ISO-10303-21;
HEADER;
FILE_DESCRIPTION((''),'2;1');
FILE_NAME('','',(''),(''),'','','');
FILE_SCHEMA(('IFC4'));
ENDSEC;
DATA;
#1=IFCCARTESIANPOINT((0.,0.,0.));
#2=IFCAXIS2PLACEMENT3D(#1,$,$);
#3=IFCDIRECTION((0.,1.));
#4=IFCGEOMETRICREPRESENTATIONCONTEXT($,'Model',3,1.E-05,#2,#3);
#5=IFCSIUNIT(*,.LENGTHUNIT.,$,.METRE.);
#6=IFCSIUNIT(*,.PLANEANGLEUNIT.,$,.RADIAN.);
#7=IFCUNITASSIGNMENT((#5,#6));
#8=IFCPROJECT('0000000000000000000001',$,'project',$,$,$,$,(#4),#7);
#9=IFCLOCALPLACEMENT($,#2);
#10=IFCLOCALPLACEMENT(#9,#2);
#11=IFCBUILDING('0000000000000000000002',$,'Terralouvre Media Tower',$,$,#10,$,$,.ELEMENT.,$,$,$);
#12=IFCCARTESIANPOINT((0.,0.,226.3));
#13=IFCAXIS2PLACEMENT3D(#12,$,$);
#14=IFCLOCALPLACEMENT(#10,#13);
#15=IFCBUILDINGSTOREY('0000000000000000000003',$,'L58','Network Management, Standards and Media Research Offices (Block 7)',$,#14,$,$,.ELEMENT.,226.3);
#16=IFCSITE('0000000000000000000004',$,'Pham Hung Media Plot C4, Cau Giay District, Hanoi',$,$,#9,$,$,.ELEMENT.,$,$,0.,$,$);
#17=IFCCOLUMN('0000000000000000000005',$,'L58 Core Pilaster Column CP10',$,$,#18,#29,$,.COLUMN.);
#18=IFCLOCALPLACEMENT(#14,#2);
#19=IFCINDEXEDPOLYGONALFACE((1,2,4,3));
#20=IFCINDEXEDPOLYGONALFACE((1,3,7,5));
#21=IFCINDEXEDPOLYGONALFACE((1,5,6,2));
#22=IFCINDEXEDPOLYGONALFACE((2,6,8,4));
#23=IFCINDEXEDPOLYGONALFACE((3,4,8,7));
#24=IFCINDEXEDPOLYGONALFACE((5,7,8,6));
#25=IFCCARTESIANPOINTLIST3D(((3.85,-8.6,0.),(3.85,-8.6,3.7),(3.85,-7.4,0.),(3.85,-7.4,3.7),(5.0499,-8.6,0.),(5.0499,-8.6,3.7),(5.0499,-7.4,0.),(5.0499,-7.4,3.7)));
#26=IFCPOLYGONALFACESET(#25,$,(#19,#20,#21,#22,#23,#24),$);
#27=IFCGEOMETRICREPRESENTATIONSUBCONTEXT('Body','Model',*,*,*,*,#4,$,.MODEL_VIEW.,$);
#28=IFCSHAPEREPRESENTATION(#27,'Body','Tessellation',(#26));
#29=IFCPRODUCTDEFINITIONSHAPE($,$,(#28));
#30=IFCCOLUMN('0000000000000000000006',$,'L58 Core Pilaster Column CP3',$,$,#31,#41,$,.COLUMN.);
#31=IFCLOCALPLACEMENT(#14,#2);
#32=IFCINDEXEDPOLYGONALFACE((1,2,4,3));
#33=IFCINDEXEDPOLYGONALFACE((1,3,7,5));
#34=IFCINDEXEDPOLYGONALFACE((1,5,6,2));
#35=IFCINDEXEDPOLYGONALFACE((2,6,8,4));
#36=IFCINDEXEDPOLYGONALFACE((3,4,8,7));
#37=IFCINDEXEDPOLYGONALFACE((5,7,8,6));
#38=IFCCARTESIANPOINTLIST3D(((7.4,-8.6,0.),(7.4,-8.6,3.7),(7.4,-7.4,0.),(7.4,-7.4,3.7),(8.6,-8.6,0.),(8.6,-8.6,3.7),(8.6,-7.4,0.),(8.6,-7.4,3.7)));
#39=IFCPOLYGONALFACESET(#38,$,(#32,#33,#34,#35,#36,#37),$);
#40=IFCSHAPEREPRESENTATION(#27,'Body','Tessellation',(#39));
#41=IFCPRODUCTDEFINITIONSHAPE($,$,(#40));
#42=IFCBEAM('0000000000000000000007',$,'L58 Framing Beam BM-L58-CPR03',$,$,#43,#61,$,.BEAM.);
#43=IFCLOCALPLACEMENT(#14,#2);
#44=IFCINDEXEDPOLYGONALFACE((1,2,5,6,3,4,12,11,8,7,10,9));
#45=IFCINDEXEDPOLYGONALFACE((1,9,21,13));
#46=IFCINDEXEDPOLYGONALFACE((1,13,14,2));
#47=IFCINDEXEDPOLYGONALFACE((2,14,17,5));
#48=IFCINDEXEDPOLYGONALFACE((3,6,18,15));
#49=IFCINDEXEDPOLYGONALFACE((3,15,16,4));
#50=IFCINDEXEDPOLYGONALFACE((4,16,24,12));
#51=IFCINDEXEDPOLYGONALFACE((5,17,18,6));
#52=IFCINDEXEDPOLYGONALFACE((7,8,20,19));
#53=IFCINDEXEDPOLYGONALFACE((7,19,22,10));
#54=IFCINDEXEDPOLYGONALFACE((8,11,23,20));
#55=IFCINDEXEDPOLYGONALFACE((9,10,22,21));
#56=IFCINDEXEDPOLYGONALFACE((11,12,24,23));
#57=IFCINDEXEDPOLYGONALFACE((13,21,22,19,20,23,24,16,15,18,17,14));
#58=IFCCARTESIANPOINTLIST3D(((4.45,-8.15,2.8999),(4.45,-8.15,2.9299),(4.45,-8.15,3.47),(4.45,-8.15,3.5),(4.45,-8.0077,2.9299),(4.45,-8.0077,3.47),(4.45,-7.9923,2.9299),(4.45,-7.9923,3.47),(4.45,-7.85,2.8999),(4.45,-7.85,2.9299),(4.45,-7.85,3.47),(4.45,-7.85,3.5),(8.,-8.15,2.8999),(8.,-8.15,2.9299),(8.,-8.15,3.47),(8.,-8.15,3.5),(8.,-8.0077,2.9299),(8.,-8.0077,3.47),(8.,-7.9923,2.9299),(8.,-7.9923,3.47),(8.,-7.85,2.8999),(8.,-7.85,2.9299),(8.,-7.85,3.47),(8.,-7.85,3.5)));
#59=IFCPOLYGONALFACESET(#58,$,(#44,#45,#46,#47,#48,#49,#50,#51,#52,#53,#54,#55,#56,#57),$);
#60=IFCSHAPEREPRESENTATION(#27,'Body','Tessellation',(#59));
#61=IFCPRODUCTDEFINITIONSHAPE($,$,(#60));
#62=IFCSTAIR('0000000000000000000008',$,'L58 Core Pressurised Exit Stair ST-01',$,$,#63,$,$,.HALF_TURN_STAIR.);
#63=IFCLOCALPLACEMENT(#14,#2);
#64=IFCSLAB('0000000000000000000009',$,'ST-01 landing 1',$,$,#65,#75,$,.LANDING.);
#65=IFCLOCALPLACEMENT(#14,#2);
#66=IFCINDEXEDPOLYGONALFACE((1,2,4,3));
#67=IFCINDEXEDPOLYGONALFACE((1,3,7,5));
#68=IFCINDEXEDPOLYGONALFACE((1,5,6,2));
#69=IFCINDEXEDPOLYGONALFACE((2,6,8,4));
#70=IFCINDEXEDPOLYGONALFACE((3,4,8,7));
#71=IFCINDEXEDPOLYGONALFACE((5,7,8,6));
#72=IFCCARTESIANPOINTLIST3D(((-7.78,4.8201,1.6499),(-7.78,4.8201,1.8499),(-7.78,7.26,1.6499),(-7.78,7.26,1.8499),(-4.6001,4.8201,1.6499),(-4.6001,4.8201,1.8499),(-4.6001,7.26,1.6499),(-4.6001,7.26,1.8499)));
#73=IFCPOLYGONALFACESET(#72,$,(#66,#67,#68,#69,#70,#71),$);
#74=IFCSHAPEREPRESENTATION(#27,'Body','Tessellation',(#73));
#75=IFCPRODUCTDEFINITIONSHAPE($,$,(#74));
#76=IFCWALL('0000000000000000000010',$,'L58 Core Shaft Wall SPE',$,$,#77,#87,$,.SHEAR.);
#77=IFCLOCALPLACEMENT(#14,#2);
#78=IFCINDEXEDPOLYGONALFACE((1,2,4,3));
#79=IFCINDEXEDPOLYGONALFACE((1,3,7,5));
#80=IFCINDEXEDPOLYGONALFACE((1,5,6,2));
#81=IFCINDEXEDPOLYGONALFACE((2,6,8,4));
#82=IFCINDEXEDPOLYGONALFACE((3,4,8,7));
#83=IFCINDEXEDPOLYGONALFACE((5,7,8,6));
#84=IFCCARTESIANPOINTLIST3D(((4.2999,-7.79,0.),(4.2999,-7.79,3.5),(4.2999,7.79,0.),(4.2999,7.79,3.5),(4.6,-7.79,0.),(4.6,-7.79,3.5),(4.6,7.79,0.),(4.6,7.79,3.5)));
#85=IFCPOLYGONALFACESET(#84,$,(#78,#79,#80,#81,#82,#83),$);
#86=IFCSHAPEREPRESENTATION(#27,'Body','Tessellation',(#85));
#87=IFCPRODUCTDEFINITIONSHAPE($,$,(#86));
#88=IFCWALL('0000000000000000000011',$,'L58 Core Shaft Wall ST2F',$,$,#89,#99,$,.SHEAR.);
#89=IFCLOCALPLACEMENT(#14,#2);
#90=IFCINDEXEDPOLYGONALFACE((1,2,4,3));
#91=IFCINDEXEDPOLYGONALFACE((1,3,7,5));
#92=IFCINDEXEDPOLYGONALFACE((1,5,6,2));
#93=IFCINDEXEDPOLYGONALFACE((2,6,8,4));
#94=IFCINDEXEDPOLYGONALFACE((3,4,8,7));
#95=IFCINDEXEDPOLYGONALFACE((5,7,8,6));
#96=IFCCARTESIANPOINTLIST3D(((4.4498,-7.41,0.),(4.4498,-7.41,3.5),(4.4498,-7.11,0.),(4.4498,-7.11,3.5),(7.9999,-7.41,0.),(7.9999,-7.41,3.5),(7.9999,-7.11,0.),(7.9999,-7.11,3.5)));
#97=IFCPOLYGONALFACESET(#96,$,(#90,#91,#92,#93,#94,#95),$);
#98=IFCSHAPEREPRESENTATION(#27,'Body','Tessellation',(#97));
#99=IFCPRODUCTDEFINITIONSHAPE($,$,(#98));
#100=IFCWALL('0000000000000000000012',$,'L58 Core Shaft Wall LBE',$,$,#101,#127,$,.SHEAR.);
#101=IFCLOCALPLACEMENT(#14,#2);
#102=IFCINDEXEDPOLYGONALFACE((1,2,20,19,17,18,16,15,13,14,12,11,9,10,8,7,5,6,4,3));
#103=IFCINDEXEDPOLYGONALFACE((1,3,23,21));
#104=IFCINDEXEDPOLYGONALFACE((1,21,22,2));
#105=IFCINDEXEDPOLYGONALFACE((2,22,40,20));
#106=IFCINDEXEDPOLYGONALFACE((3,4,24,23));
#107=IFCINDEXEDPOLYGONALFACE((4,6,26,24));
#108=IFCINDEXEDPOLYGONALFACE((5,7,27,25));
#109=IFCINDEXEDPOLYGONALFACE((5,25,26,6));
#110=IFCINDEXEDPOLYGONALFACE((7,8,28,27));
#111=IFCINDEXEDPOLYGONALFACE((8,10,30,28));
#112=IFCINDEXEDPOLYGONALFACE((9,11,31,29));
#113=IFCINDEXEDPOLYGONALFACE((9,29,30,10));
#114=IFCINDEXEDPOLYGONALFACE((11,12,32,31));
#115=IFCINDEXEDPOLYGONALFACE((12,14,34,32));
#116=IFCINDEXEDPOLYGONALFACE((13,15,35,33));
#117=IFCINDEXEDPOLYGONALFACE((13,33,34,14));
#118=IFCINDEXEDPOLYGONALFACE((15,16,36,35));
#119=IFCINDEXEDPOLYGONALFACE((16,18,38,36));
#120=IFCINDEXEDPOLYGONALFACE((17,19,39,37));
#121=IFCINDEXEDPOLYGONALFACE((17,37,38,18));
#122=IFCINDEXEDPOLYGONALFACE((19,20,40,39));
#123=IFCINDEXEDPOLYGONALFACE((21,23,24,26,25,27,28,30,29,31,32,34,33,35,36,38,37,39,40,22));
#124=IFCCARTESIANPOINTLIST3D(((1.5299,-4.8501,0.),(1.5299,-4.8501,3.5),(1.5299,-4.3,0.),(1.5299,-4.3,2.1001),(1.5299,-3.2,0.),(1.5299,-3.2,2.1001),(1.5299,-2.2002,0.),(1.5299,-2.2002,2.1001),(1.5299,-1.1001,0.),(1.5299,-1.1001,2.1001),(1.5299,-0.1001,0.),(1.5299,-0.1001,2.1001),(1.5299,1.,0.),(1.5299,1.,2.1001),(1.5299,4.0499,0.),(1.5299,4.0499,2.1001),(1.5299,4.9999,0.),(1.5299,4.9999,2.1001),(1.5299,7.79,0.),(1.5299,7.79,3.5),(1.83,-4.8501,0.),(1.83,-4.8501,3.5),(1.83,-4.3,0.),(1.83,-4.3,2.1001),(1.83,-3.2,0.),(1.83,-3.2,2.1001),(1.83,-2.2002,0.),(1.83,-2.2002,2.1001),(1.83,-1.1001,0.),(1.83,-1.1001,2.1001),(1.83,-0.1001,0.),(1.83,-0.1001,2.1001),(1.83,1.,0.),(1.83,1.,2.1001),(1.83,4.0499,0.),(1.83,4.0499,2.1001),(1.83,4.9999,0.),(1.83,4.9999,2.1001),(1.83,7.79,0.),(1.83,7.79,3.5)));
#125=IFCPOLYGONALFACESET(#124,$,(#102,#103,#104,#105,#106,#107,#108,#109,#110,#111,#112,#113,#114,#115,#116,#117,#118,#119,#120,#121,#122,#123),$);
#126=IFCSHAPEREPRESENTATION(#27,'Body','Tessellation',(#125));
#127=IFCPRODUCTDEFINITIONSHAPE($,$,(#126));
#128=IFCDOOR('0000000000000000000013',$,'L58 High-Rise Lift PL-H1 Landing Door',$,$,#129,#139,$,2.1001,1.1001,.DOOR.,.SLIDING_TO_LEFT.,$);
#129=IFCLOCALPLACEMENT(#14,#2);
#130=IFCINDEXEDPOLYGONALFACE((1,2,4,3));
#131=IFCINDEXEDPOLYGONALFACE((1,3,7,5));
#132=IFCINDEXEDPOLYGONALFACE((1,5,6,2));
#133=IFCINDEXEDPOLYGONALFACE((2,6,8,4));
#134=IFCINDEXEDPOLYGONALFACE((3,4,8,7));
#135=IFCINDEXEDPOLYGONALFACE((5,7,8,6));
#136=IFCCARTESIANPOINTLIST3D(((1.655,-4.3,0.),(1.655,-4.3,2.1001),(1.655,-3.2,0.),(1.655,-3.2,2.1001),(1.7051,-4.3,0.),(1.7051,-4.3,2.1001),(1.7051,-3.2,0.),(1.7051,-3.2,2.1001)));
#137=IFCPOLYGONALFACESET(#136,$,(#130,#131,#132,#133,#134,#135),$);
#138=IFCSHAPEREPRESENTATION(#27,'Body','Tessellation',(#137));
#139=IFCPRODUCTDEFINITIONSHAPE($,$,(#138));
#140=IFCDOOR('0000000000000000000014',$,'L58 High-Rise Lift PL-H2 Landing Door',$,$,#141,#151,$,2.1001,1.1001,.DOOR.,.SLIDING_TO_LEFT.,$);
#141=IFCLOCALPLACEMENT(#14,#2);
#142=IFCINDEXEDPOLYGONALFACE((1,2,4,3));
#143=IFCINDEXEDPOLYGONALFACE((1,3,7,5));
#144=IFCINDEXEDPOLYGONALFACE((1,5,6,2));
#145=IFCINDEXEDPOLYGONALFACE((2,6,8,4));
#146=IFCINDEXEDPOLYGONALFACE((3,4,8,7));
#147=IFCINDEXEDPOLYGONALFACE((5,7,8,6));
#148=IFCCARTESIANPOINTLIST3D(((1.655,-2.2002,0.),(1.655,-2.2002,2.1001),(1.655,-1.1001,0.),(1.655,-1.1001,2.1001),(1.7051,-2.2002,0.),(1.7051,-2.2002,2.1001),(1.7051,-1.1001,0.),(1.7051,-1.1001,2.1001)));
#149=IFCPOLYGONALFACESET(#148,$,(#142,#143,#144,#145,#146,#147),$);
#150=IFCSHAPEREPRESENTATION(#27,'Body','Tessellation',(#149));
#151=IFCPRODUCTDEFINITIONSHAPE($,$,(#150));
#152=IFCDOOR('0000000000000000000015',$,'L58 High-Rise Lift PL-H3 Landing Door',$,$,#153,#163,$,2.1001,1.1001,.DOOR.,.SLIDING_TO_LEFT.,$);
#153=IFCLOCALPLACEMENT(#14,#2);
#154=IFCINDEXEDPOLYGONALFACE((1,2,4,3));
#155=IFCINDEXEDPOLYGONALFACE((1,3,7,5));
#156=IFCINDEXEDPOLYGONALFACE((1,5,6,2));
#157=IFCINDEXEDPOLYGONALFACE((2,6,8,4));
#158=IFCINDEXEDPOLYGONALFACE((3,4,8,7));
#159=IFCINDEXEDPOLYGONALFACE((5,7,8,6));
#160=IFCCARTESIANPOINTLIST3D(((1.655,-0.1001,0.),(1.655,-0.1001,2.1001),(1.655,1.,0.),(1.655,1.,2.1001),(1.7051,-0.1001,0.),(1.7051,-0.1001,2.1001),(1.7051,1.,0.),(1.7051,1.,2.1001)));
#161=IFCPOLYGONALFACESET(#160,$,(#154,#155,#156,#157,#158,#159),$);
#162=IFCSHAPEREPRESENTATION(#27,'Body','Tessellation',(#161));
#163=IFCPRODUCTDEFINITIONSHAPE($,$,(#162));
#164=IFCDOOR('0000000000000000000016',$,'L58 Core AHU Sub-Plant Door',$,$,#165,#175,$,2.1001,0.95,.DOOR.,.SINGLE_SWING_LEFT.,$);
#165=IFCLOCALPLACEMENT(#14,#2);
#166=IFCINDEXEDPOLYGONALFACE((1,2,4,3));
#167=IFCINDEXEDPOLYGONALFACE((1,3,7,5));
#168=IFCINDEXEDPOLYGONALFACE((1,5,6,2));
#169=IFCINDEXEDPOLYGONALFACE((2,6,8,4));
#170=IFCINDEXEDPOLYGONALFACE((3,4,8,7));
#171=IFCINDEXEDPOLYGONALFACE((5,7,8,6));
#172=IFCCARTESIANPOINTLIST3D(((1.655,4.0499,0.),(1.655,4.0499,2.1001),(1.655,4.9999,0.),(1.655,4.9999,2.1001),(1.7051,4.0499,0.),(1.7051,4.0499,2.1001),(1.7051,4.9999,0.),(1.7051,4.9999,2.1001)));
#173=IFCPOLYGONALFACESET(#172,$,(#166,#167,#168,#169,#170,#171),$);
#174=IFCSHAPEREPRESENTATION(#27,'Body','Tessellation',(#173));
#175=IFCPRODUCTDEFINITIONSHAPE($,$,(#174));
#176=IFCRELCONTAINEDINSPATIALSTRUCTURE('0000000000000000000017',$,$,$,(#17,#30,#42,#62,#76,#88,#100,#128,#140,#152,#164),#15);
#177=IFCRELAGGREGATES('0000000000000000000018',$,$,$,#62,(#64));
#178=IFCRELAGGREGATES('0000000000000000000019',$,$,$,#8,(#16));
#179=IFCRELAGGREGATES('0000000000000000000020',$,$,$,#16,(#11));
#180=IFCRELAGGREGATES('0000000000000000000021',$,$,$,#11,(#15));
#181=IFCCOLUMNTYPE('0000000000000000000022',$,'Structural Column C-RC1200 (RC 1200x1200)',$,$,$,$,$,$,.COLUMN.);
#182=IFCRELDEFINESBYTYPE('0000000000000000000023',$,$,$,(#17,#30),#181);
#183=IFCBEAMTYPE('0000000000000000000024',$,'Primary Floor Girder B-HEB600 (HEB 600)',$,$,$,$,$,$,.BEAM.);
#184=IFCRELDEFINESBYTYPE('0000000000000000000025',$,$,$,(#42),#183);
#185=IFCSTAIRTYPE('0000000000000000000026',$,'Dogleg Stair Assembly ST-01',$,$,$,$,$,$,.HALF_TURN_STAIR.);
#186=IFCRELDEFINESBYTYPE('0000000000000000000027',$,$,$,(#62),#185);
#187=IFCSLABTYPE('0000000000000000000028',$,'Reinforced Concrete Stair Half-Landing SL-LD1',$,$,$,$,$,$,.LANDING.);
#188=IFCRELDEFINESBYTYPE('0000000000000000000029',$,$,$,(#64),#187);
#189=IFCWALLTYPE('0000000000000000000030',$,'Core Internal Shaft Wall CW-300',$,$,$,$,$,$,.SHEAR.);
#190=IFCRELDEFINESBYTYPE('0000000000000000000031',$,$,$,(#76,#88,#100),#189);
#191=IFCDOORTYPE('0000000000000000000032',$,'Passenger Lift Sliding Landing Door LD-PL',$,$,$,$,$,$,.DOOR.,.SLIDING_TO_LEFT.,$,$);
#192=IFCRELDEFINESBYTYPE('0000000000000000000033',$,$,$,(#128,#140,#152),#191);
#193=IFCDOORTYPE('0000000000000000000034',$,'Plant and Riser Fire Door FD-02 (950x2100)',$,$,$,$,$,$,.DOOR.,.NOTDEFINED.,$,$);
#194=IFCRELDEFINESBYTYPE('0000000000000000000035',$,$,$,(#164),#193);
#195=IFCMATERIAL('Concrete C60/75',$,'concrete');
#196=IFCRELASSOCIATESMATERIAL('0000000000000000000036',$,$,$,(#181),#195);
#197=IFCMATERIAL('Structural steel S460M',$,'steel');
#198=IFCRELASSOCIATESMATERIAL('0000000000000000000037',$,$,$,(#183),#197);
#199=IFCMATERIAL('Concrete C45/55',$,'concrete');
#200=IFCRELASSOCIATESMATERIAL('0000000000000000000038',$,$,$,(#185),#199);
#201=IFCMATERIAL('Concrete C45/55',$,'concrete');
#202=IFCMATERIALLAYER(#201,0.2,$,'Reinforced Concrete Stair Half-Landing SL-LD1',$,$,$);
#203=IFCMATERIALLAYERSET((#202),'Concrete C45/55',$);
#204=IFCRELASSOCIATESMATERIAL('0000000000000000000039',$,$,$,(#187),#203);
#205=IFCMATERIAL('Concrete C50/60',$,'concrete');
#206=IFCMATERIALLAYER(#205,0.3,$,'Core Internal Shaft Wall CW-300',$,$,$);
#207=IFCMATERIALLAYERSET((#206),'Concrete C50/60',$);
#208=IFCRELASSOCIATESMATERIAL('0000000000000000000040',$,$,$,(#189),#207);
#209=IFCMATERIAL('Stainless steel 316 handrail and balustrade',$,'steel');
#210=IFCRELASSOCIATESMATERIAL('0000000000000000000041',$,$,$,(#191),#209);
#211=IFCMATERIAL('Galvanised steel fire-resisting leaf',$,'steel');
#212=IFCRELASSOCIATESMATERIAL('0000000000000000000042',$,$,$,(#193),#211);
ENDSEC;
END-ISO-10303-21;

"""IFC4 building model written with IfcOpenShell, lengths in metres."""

from ifc_helpers import new_model, si_unit, direction, frame, frame_2d, origin, origin_2d, place, context, subcontext, project, spatial, polyline, rectangle, i_section, outline, extrude, material, layer, layer_set, material_profile, profile_set, type_object, element, fill, aggregate, save


model = new_model("IFC4")

# Units and contexts
model_context = context("Model", 3, precision=1e-05, world=origin(), true_north=direction((0.0, 1.0)))
body_context = subcontext(model_context, "Body", "Model", "MODEL_VIEW")
ifc_project = project(units=[si_unit("LENGTHUNIT", "METRE"), si_unit("PLANEANGLEUNIT", "RADIAN")], contexts=[model_context])

# Site, building, storey
site_placement = place(None, origin())
site = spatial("IfcSite", under=ifc_project, at=site_placement, Name="Pham Hung Media Plot C4, Cau Giay District, Hanoi", CompositionType="ELEMENT", RefElevation=0.0)
building_placement = place(site_placement, origin())
building = spatial("IfcBuilding", under=site, at=building_placement, Name="Terralouvre Media Tower", CompositionType="ELEMENT")
storey_placement = place(building_placement, frame((0.0, 0.0, 226.3)))
storey = spatial("IfcBuildingStorey", under=building, at=storey_placement, Name="L58", Description="Network Management, Standards and Media Research Offices (Block 7)", CompositionType="ELEMENT", Elevation=226.3)

# Columns
ifc_material_1 = material(Name="Concrete C60/75", Category="concrete")
ifc_material_profile_1 = material_profile(ifc_material_1, rectangle(XDim=1.2, YDim=1.2, at=origin_2d()), Name="RC 1200x1200")
ifc_profile_set_1 = profile_set([ifc_material_profile_1], Name="Concrete C60/75")
column_type = type_object("IfcColumnType", Name="Structural Column C-RC1200 (RC 1200x1200)", PredefinedType="COLUMN", material=ifc_profile_set_1)
for number, where, z_axis, x_axis, name in (
    (1, (4.45, -8.0, 0.0), (0.0, 0.0, 1.0), (1.0, 0.0, 0.0), "L58 Core Pilaster Column CP10"),
    (2, (8.0, -8.0, 0.0), (0.0, 0.0, 1.0), (1.0, 0.0, 0.0), "L58 Core Pilaster Column CP3"),
):
    element("IfcColumn", number, at=place(storey_placement, frame(where, z_axis=z_axis, x_axis=x_axis)), inside=storey, type_object=column_type, Name=name, PredefinedType="COLUMN", context=body_context, shape_type="SweptSolid", body=[
        extrude(rectangle(XDim=1.2, YDim=1.2, at=origin_2d()), origin(), (0.0, 0.0, 1.0), 3.7),
    ])

# Beam
ifc_material_2 = material(Name="Structural steel S460M", Category="steel")
ifc_material_profile_2 = material_profile(ifc_material_2, i_section(OverallWidth=0.3, OverallDepth=0.6001, WebThickness=0.0154, FlangeThickness=0.03, at=origin_2d()), Name="HEB 600")
ifc_profile_set_2 = profile_set([ifc_material_profile_2], Name="Structural steel S460M")
beam_type = type_object("IfcBeamType", Name="Primary Floor Girder B-HEB600 (HEB 600)", PredefinedType="BEAM", material=ifc_profile_set_2)
beam_placement = place(storey_placement, frame((4.45, -8.0, 3.2), z_axis=(1.0, 0.0, 0.0), x_axis=(0.0, 1.0, 0.0)))
element("IfcBeam", 3, at=beam_placement, inside=storey, type_object=beam_type, Name="L58 Framing Beam BM-L58-CPR03", PredefinedType="BEAM", context=body_context, shape_type="SweptSolid", body=[
    extrude(i_section(OverallWidth=0.3, OverallDepth=0.6001, WebThickness=0.0154, FlangeThickness=0.03, at=origin_2d()), origin(), (0.0, 0.0, 1.0), 3.55),
])

# Stair, slab
ifc_material_3 = material(Name="Concrete C45/55", Category="concrete")
stair_type_1 = type_object("IfcStairType", Name="Dogleg Stair Assembly ST-01", PredefinedType="HALF_TURN_STAIR", material=ifc_material_3)
stair_1_placement = place(storey_placement, origin())
stair_1 = element("IfcStair", 4, at=stair_1_placement, inside=storey, type_object=stair_type_1, Name="L58 Core Pressurised Exit Stair ST-01", PredefinedType="HALF_TURN_STAIR")
ifc_material_4 = material(Name="Concrete C45/55", Category="concrete")
ifc_layer_1 = layer(ifc_material_4, 0.2, Name="Reinforced Concrete Stair Half-Landing SL-LD1")
ifc_layer_set_1 = layer_set([ifc_layer_1], Name="Concrete C45/55")
slab_type = type_object("IfcSlabType", Name="Reinforced Concrete Stair Half-Landing SL-LD1", PredefinedType="LANDING", material=ifc_layer_set_1)
slab_placement = place(storey_placement, frame((0.0, 0.0, 1.6499)))
slab = element("IfcSlab", 5, at=slab_placement, type_object=slab_type, Name="ST-01 landing 1", PredefinedType="LANDING", context=body_context, shape_type="SweptSolid", body=[
    extrude(outline(polyline([(-4.6001, 4.8201), (-4.6001, 7.26), (-7.78, 7.26), (-7.78, 4.8201), (-4.6001, 4.8201)])), origin(), (0.0, 0.0, 1.0), 0.2),
])
aggregate(stair_1, [slab])

# Wall
ifc_material_5 = material(Name="Concrete C50/60", Category="concrete")
ifc_layer_2 = layer(ifc_material_5, 0.3, Name="Core Internal Shaft Wall CW-300")
ifc_layer_set_2 = layer_set([ifc_layer_2], Name="Concrete C50/60")
wall_type = type_object("IfcWallType", Name="Core Internal Shaft Wall CW-300", PredefinedType="SHEAR", material=ifc_layer_set_2)
wall_1_placement = place(storey_placement, frame((4.45, -7.79, 0.0), z_axis=(0.0, 0.0, 1.0), x_axis=(0.0, 1.0, 0.0)))
element("IfcWall", 6, at=wall_1_placement, inside=storey, type_object=wall_type, Name="L58 Core Shaft Wall SPE", PredefinedType="SHEAR", context=body_context, shape_type="SweptSolid", body=[
    extrude(rectangle(XDim=15.5801, YDim=0.3, at=frame_2d((7.79, 0.0))), origin(), (0.0, 0.0, 1.0), 3.5),
])

# Wall
wall_2_placement = place(storey_placement, frame((4.45, -7.26, 0.0), z_axis=(0.0, 0.0, 1.0), x_axis=(1.0, 0.0, 0.0)))
element("IfcWall", 7, at=wall_2_placement, inside=storey, type_object=wall_type, Name="L58 Core Shaft Wall ST2F", PredefinedType="SHEAR", context=body_context, shape_type="SweptSolid", body=[
    extrude(rectangle(XDim=3.55, YDim=0.3, at=frame_2d((1.7749, 0.0))), origin(), (0.0, 0.0, 1.0), 3.5),
])

# Wall, openings, doors
wall_3_placement = place(storey_placement, frame((1.6799, -4.8501, 0.0), z_axis=(0.0, 0.0, 1.0), x_axis=(0.0, 1.0, 0.0)))
wall_3 = element("IfcWall", 8, at=wall_3_placement, inside=storey, type_object=wall_type, Name="L58 Core Shaft Wall LBE", PredefinedType="SHEAR", context=body_context, shape_type="SweptSolid", body=[
    extrude(rectangle(XDim=12.6401, YDim=0.3, at=frame_2d((6.3201, 0.0))), origin(), (0.0, 0.0, 1.0), 3.5),
])
opening_1_placement = place(wall_3_placement, frame((0.55, 0.0, 0.0)))
opening_1 = element("IfcOpeningElement", 9, at=opening_1_placement, cuts=wall_3, PredefinedType="OPENING", context=body_context, shape_type="SweptSolid", body=[
    extrude(rectangle(XDim=1.1001, YDim=2.1001, at=frame_2d((0.55, 1.05))), frame((0.0, 0.1599, 0.0), z_axis=(0.0, -1.0, 0.0), x_axis=(1.0, 0.0, 0.0)), (0.0, 0.0, 1.0), 0.3201),
])
opening_2_placement = place(wall_3_placement, frame((2.6499, 0.0, 0.0)))
opening_2 = element("IfcOpeningElement", 10, at=opening_2_placement, cuts=wall_3, PredefinedType="OPENING", context=body_context, shape_type="SweptSolid", body=[
    extrude(rectangle(XDim=1.1001, YDim=2.1001, at=frame_2d((0.55, 1.05))), frame((0.0, 0.1599, 0.0), z_axis=(0.0, -1.0, 0.0), x_axis=(1.0, 0.0, 0.0)), (0.0, 0.0, 1.0), 0.3201),
])
opening_3_placement = place(wall_3_placement, frame((4.75, 0.0, 0.0)))
opening_3 = element("IfcOpeningElement", 11, at=opening_3_placement, cuts=wall_3, PredefinedType="OPENING", context=body_context, shape_type="SweptSolid", body=[
    extrude(rectangle(XDim=1.1001, YDim=2.1001, at=frame_2d((0.55, 1.05))), frame((0.0, 0.1599, 0.0), z_axis=(0.0, -1.0, 0.0), x_axis=(1.0, 0.0, 0.0)), (0.0, 0.0, 1.0), 0.3201),
])
opening_4_placement = place(wall_3_placement, frame((8.8999, 0.0, 0.0)))
opening_4 = element("IfcOpeningElement", 12, at=opening_4_placement, cuts=wall_3, PredefinedType="OPENING", context=body_context, shape_type="SweptSolid", body=[
    extrude(rectangle(XDim=0.95, YDim=2.1001, at=frame_2d((0.4751, 1.05))), frame((0.0, 0.1599, 0.0), z_axis=(0.0, -1.0, 0.0), x_axis=(1.0, 0.0, 0.0)), (0.0, 0.0, 1.0), 0.3201),
])
ifc_material_6 = material(Name="Stainless steel 316 handrail and balustrade", Category="steel")
door_type_1 = type_object("IfcDoorType", Name="Passenger Lift Sliding Landing Door LD-PL", OperationType="SLIDING_TO_LEFT", PredefinedType="DOOR", material=ifc_material_6)
door_1_placement = place(opening_1_placement, origin())
door_1 = element("IfcDoor", 13, at=door_1_placement, inside=storey, type_object=door_type_1, Name="L58 High-Rise Lift PL-H1 Landing Door", OperationType="SLIDING_TO_LEFT", OverallHeight=2.1001, OverallWidth=1.1001, PredefinedType="DOOR", context=body_context, shape_type="SweptSolid", body=[
    extrude(rectangle(XDim=1.1001, YDim=2.1001, at=frame_2d((0.55, 1.05))), frame((0.0, 0.0249, 0.0), z_axis=(0.0, -1.0, 0.0), x_axis=(1.0, 0.0, 0.0)), (0.0, 0.0, 1.0), 0.05),
])
fill(opening_1, door_1)
door_2_placement = place(opening_2_placement, origin())
door_2 = element("IfcDoor", 14, at=door_2_placement, inside=storey, type_object=door_type_1, Name="L58 High-Rise Lift PL-H2 Landing Door", OperationType="SLIDING_TO_LEFT", OverallHeight=2.1001, OverallWidth=1.1001, PredefinedType="DOOR", context=body_context, shape_type="SweptSolid", body=[
    extrude(rectangle(XDim=1.1001, YDim=2.1001, at=frame_2d((0.55, 1.05))), frame((0.0, 0.0249, 0.0), z_axis=(0.0, -1.0, 0.0), x_axis=(1.0, 0.0, 0.0)), (0.0, 0.0, 1.0), 0.05),
])
fill(opening_2, door_2)
door_3_placement = place(opening_3_placement, origin())
door_3 = element("IfcDoor", 15, at=door_3_placement, inside=storey, type_object=door_type_1, Name="L58 High-Rise Lift PL-H3 Landing Door", OperationType="SLIDING_TO_LEFT", OverallHeight=2.1001, OverallWidth=1.1001, PredefinedType="DOOR", context=body_context, shape_type="SweptSolid", body=[
    extrude(rectangle(XDim=1.1001, YDim=2.1001, at=frame_2d((0.55, 1.05))), frame((0.0, 0.0249, 0.0), z_axis=(0.0, -1.0, 0.0), x_axis=(1.0, 0.0, 0.0)), (0.0, 0.0, 1.0), 0.05),
])
fill(opening_3, door_3)
ifc_material_7 = material(Name="Galvanised steel fire-resisting leaf", Category="steel")
door_type_2 = type_object("IfcDoorType", Name="Plant and Riser Fire Door FD-02 (950x2100)", OperationType="NOTDEFINED", PredefinedType="DOOR", material=ifc_material_7)
door_4_placement = place(opening_4_placement, origin())
door_4 = element("IfcDoor", 16, at=door_4_placement, inside=storey, type_object=door_type_2, Name="L58 Core AHU Sub-Plant Door", OperationType="SINGLE_SWING_LEFT", OverallHeight=2.1001, OverallWidth=0.95, PredefinedType="DOOR", context=body_context, shape_type="SweptSolid", body=[
    extrude(rectangle(XDim=0.95, YDim=2.1001, at=frame_2d((0.4751, 1.05))), frame((0.0, 0.0249, 0.0), z_axis=(0.0, -1.0, 0.0), x_axis=(1.0, 0.0, 0.0)), (0.0, 0.0, 1.0), 0.05),
])
fill(opening_4, door_4)

save(model, "model.ifc")
